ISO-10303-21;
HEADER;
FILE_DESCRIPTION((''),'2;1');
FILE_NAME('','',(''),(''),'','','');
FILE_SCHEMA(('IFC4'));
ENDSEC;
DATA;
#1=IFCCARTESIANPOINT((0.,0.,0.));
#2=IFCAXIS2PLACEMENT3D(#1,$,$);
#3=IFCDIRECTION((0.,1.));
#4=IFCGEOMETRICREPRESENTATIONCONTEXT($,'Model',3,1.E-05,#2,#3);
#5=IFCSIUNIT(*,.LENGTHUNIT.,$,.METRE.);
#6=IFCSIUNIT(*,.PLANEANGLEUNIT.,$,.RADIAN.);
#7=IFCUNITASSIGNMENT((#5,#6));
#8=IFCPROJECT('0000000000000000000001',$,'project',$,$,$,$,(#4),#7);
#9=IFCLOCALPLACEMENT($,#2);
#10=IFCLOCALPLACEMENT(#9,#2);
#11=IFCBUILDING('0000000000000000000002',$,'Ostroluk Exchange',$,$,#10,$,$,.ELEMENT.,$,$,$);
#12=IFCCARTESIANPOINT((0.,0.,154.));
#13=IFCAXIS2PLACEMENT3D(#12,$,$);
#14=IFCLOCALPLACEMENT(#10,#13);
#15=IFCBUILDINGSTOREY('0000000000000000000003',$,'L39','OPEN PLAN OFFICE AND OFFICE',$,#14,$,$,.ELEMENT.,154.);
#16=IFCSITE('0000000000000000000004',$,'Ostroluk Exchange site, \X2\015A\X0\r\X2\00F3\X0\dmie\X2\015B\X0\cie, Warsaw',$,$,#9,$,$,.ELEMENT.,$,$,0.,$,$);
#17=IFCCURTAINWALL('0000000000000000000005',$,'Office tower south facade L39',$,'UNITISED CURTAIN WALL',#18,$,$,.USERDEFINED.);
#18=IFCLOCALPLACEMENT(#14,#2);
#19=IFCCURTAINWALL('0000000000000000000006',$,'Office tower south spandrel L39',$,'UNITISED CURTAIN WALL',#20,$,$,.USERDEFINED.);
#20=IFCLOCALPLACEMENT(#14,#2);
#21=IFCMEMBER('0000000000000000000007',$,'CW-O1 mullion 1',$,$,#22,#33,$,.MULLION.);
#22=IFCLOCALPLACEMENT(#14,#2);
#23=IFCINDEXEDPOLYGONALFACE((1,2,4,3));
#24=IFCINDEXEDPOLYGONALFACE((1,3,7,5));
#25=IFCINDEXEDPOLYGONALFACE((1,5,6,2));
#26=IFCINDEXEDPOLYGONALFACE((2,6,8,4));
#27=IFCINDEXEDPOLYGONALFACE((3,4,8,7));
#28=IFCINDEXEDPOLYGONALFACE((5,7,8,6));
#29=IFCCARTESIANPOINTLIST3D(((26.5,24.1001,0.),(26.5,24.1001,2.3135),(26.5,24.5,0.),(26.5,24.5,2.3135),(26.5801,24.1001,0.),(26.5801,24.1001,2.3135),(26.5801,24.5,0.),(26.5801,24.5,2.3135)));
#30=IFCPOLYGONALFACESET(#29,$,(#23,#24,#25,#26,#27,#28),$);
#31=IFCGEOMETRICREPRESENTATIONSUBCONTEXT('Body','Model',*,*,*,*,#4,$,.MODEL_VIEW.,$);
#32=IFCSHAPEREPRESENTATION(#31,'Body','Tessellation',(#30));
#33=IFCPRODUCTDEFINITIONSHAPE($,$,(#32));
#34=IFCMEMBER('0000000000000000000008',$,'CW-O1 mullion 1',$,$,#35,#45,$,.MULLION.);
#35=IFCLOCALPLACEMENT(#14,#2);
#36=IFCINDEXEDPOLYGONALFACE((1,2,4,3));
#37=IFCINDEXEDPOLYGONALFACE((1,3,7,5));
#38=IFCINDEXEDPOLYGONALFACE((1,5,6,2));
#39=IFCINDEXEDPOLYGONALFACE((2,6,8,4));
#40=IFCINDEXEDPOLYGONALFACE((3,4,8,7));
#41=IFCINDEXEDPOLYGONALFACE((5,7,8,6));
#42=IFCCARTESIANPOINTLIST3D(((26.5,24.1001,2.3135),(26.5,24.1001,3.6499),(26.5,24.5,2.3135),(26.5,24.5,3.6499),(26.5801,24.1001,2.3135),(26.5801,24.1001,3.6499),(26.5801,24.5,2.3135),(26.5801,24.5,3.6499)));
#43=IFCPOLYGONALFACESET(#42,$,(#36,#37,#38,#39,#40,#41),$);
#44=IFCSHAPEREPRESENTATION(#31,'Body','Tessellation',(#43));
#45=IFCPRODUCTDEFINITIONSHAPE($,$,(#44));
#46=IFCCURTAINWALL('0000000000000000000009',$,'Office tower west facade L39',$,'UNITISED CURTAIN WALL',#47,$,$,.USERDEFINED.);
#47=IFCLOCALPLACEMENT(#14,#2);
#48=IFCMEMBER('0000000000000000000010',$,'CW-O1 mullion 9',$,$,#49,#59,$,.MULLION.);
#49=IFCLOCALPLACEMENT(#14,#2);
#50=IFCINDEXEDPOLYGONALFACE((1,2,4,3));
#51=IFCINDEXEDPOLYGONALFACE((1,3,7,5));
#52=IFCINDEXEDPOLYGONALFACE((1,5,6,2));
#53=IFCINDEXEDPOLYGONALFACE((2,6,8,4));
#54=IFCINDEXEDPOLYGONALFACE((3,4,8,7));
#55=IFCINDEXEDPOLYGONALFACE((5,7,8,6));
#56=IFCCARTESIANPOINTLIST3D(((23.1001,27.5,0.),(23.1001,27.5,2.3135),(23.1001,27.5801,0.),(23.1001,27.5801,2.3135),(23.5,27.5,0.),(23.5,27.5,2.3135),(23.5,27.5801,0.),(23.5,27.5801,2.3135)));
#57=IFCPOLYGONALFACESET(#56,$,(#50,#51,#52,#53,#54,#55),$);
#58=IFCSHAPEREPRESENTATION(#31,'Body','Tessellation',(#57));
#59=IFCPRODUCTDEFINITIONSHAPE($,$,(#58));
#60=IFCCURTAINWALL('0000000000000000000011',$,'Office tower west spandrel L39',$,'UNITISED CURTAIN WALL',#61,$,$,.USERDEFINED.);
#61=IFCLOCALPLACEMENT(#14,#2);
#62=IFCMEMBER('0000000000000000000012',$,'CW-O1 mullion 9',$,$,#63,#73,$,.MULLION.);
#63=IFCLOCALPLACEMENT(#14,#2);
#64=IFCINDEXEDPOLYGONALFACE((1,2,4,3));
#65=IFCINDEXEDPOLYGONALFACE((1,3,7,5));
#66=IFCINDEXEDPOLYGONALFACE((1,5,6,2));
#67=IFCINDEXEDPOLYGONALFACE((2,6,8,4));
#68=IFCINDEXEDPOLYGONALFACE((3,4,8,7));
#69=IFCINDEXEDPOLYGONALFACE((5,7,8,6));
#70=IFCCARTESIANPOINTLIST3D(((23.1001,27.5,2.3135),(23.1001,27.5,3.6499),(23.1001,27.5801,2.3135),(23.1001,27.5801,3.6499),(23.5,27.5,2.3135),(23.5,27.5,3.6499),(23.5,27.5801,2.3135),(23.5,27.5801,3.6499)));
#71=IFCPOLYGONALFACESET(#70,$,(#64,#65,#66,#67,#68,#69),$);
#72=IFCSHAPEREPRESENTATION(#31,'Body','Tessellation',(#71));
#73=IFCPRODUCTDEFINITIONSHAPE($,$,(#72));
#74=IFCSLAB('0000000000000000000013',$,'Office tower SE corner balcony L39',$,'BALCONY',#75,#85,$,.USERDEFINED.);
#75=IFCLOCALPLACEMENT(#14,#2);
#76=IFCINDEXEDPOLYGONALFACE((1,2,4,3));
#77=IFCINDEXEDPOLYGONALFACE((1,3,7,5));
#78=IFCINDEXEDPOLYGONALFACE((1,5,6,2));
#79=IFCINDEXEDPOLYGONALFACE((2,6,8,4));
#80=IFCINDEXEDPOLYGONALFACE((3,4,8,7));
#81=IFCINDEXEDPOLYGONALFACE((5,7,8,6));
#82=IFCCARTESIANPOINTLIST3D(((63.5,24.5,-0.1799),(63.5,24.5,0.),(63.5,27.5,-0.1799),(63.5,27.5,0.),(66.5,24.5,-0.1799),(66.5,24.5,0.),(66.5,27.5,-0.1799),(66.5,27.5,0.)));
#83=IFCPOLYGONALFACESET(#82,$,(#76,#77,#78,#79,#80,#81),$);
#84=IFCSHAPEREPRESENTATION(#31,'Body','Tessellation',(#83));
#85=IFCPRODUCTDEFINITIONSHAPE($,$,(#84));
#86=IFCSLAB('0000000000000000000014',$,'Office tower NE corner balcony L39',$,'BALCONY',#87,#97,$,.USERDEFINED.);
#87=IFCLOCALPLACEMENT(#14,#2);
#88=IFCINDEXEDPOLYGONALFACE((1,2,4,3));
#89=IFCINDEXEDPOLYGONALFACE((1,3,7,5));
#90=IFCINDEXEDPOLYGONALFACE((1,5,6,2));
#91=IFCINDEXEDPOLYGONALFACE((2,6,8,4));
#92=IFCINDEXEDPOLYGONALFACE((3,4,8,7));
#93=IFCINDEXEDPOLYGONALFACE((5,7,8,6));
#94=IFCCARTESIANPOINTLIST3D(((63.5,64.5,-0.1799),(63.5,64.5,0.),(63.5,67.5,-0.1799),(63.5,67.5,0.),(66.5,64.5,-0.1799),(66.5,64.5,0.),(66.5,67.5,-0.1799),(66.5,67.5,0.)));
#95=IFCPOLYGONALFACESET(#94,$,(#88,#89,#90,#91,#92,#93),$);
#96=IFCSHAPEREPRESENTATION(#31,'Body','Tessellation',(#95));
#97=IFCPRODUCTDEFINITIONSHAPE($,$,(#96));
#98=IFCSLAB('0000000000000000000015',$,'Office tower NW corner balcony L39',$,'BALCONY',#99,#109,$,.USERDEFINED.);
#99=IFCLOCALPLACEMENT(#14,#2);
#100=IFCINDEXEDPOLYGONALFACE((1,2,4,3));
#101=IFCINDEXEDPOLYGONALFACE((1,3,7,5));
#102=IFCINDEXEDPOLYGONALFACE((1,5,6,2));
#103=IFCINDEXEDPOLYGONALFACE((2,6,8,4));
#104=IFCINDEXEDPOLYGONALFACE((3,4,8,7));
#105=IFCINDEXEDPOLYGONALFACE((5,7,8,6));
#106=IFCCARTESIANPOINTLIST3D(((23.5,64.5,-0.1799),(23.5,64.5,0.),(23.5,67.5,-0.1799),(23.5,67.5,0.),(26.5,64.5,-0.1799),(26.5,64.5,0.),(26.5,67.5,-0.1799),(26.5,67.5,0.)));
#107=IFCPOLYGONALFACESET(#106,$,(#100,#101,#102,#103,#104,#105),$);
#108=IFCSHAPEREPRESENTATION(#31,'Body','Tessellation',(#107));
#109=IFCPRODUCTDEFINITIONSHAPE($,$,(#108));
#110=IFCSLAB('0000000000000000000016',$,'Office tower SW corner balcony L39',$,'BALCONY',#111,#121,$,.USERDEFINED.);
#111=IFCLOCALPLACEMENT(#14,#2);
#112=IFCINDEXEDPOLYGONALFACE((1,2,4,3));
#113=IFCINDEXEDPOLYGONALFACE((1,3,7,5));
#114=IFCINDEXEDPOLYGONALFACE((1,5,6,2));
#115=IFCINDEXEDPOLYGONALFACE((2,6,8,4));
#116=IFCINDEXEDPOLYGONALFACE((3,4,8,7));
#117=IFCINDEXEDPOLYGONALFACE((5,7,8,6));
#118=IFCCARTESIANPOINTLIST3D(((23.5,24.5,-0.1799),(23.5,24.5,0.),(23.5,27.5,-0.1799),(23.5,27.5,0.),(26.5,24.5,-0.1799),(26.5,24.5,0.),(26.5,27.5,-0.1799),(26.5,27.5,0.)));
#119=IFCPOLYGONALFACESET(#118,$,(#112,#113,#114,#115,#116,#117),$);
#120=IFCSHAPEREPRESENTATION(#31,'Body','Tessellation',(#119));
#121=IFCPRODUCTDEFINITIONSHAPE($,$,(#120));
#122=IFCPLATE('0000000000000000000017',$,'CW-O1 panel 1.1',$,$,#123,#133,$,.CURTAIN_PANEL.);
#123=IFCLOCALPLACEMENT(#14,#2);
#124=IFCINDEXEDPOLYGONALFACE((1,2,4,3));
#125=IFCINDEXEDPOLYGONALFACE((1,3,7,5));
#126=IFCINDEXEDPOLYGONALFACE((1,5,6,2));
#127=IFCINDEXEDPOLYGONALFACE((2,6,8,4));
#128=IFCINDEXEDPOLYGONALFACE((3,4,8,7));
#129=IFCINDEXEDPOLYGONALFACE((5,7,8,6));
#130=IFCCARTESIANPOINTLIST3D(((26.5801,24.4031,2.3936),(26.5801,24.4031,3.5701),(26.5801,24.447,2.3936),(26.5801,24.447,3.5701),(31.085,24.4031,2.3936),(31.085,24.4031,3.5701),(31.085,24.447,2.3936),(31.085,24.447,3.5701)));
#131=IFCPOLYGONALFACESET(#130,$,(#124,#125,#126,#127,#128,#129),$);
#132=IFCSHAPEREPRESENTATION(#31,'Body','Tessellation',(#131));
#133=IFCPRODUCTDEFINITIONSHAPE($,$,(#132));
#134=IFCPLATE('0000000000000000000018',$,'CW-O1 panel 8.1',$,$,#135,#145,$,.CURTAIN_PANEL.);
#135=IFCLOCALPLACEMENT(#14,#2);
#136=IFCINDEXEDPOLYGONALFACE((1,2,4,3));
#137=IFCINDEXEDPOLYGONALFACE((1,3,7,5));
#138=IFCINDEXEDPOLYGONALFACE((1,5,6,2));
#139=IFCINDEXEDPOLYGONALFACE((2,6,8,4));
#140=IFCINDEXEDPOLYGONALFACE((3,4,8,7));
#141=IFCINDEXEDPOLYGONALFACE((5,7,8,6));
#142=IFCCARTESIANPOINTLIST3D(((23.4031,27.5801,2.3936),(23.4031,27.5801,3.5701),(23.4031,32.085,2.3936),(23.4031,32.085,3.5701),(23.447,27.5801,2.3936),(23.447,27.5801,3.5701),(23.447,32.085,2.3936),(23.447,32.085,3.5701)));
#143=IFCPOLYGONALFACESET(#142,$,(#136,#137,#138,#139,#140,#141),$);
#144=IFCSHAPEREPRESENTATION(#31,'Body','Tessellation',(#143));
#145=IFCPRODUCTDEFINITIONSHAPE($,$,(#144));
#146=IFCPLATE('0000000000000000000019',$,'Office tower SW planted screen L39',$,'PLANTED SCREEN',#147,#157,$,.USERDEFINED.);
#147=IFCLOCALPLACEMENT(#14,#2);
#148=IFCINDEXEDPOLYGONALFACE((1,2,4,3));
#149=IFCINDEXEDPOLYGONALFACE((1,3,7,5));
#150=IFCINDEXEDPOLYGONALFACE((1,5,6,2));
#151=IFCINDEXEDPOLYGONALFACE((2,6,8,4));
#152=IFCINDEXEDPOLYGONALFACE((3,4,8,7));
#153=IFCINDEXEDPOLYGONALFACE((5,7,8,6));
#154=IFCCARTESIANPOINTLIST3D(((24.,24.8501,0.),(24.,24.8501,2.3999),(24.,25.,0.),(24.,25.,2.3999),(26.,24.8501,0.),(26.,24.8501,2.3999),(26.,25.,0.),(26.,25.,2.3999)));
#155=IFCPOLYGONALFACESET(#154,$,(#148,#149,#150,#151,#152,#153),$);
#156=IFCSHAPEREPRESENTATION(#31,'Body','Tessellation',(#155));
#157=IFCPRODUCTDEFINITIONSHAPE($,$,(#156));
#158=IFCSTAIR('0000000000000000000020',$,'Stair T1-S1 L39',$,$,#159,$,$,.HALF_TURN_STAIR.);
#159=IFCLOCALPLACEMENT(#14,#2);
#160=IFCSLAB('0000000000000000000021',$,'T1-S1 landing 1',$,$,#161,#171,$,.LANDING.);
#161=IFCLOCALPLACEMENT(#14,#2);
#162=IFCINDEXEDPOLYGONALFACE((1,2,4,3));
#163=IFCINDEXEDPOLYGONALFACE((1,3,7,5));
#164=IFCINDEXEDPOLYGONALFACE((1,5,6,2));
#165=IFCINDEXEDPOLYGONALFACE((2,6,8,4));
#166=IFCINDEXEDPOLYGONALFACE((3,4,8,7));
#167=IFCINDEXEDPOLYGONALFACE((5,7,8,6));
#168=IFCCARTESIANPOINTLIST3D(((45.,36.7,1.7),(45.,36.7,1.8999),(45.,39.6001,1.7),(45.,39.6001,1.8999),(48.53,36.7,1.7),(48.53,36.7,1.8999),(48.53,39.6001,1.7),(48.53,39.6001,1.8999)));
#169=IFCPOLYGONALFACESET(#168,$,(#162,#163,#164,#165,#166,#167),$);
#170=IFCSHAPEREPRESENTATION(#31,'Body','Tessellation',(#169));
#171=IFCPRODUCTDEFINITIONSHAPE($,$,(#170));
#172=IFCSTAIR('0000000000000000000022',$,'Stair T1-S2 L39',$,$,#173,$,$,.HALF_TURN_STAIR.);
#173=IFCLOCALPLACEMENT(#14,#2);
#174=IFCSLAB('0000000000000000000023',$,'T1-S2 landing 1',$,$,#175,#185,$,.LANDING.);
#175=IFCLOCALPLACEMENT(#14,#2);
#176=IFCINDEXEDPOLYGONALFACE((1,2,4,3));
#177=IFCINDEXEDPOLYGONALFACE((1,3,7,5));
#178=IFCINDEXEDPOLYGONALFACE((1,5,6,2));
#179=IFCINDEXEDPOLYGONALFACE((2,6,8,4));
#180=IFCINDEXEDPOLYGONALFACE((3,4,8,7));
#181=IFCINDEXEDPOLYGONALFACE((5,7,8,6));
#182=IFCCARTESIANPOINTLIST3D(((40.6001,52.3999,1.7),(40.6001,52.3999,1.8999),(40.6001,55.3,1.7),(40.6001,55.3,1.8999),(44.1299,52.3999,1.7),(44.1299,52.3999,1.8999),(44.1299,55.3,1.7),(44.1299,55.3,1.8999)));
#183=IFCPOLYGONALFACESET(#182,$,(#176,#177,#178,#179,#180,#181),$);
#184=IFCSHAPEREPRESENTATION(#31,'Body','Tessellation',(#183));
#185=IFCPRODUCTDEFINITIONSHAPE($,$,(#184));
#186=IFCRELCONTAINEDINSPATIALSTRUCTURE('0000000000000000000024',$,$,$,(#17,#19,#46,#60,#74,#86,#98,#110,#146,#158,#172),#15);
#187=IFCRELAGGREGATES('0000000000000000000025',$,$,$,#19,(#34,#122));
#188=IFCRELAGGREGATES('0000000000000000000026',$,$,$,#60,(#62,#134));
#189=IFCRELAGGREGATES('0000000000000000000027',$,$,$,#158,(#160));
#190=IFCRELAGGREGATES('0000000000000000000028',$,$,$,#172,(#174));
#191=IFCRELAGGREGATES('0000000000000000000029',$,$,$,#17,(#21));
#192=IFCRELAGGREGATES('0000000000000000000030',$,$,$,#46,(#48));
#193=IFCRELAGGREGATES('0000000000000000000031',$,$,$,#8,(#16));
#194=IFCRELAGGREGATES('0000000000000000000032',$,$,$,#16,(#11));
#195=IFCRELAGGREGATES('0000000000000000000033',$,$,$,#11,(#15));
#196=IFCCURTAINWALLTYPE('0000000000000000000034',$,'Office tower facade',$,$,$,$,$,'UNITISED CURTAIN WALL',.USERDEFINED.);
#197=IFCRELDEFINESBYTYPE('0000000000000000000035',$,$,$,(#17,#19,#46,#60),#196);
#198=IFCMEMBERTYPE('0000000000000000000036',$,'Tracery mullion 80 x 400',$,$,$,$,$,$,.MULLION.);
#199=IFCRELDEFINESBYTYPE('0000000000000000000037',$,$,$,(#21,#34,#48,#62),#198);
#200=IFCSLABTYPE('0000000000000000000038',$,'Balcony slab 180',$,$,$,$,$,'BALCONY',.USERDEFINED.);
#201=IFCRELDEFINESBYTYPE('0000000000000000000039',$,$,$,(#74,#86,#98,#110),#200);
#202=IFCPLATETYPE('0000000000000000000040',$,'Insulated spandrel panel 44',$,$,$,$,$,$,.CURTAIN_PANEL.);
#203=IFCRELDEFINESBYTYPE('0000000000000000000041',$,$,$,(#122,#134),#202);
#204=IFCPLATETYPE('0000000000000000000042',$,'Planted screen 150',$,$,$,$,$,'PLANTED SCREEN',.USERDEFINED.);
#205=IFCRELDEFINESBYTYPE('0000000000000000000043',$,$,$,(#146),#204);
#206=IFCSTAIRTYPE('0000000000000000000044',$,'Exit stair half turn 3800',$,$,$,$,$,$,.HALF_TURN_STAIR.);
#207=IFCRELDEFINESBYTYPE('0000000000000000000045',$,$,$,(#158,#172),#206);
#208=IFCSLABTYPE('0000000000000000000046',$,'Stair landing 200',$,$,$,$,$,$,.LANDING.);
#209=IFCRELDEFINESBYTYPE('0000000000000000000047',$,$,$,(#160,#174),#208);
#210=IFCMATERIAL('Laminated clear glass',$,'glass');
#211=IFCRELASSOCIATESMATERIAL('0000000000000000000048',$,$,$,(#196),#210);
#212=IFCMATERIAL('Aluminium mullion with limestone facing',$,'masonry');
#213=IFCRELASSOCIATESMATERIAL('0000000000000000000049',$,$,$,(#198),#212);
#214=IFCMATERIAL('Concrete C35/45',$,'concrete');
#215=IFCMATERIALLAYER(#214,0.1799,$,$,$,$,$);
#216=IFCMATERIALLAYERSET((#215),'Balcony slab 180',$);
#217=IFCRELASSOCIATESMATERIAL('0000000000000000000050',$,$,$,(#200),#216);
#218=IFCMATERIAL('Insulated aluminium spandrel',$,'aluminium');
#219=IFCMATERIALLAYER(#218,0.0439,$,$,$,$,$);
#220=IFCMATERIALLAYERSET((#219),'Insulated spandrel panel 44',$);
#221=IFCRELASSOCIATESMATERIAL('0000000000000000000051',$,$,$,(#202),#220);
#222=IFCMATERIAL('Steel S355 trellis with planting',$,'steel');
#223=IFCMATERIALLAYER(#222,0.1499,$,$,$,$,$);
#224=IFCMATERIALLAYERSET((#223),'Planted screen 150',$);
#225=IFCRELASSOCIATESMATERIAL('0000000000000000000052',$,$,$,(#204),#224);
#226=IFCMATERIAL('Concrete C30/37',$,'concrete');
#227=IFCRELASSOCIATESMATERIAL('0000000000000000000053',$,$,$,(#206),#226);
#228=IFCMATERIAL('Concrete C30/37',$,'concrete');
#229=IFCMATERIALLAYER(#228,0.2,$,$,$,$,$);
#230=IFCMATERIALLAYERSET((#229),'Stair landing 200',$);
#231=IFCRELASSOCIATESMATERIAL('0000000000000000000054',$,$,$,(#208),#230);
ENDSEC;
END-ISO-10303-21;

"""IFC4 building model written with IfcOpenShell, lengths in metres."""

from ifc_helpers import new_model, si_unit, direction, frame, origin, origin_2d, place, context, subcontext, project, spatial, polyline, rectangle, outline, extrude, material, layer, layer_set, material_profile, profile_set, type_object, element, aggregate, save


model = new_model("IFC4")

# Units and contexts
model_context = context("Model", 3, precision=1e-05, world=origin(), true_north=direction((0.0, 1.0)))
body_context = subcontext(model_context, "Body", "Model", "MODEL_VIEW")
ifc_project = project(units=[si_unit("LENGTHUNIT", "METRE"), si_unit("PLANEANGLEUNIT", "RADIAN")], contexts=[model_context])

# Site, building, storey
site_placement = place(None, origin())
site = spatial("IfcSite", under=ifc_project, at=site_placement, Name="Ostroluk Exchange site, Śródmieście, Warsaw", CompositionType="ELEMENT", RefElevation=0.0)
building_placement = place(site_placement, origin())
building = spatial("IfcBuilding", under=site, at=building_placement, Name="Ostroluk Exchange", CompositionType="ELEMENT")
storey_placement = place(building_placement, frame((0.0, 0.0, 154.0)))
storey = spatial("IfcBuildingStorey", under=building, at=storey_placement, Name="L39", Description="OPEN PLAN OFFICE AND OFFICE", CompositionType="ELEMENT", Elevation=154.0)

# Curtain wall
ifc_material_1 = material(Name="Laminated clear glass", Category="glass")
curtain_wall_type = type_object("IfcCurtainWallType", Name="Office tower facade", ElementType="UNITISED CURTAIN WALL", PredefinedType="USERDEFINED", material=ifc_material_1)
curtain_wall_1_placement = place(storey_placement, origin())
curtain_wall_1 = element("IfcCurtainWall", 1, at=curtain_wall_1_placement, inside=storey, type_object=curtain_wall_type, Name="Office tower south facade L39", ObjectType="UNITISED CURTAIN WALL", PredefinedType="USERDEFINED")

# Curtain wall
curtain_wall_2_placement = place(storey_placement, origin())
curtain_wall_2 = element("IfcCurtainWall", 2, at=curtain_wall_2_placement, inside=storey, type_object=curtain_wall_type, Name="Office tower south spandrel L39", ObjectType="UNITISED CURTAIN WALL", PredefinedType="USERDEFINED")

# Members
ifc_material_2 = material(Name="Aluminium mullion with limestone facing", Category="masonry")
ifc_material_profile_1 = material_profile(ifc_material_2, rectangle(XDim=0.3999, YDim=0.0801, at=origin_2d()), Name="Tracery mullion 80 x 400")
ifc_profile_set_1 = profile_set([ifc_material_profile_1], Name="Aluminium mullion with limestone facing")
member_type_1 = type_object("IfcMemberType", Name="Tracery mullion 80 x 400", PredefinedType="MULLION", material=ifc_profile_set_1)
member_1_placement = place(storey_placement, frame((26.54, 24.3, 0.0), z_axis=(0.0, 0.0, 1.0), x_axis=(0.0, 1.0, 0.0)))
member_1 = element("IfcMember", 3, at=member_1_placement, type_object=member_type_1, Name="CW-O1 mullion 1", PredefinedType="MULLION", context=body_context, shape_type="SweptSolid", body=[
    extrude(rectangle(XDim=0.3999, YDim=0.0801, at=origin_2d()), origin(), (0.0, 0.0, 1.0), 2.3135),
])
member_2_placement = place(storey_placement, frame((26.54, 24.3, 2.3135), z_axis=(0.0, 0.0, 1.0), x_axis=(0.0, 1.0, 0.0)))
member_2 = element("IfcMember", 4, at=member_2_placement, type_object=member_type_1, Name="CW-O1 mullion 1", PredefinedType="MULLION", context=body_context, shape_type="SweptSolid", body=[
    extrude(rectangle(XDim=0.3999, YDim=0.0801, at=origin_2d()), origin(), (0.0, 0.0, 1.0), 1.3364),
])

# Curtain walls, members
curtain_wall_3_placement = place(storey_placement, origin())
curtain_wall_3 = element("IfcCurtainWall", 5, at=curtain_wall_3_placement, inside=storey, type_object=curtain_wall_type, Name="Office tower west facade L39", ObjectType="UNITISED CURTAIN WALL", PredefinedType="USERDEFINED")
member_3_placement = place(storey_placement, frame((23.3, 27.54, 0.0), z_axis=(0.0, 0.0, 1.0), x_axis=(1.0, 0.0, 0.0)))
member_3 = element("IfcMember", 6, at=member_3_placement, type_object=member_type_1, Name="CW-O1 mullion 9", PredefinedType="MULLION", context=body_context, shape_type="SweptSolid", body=[
    extrude(rectangle(XDim=0.3999, YDim=0.0801, at=origin_2d()), origin(), (0.0, 0.0, 1.0), 2.3135),
])
curtain_wall_4_placement = place(storey_placement, origin())
curtain_wall_4 = element("IfcCurtainWall", 7, at=curtain_wall_4_placement, inside=storey, type_object=curtain_wall_type, Name="Office tower west spandrel L39", ObjectType="UNITISED CURTAIN WALL", PredefinedType="USERDEFINED")
member_4_placement = place(storey_placement, frame((23.3, 27.54, 2.3135), z_axis=(0.0, 0.0, 1.0), x_axis=(1.0, 0.0, 0.0)))
member_4 = element("IfcMember", 8, at=member_4_placement, type_object=member_type_1, Name="CW-O1 mullion 9", PredefinedType="MULLION", context=body_context, shape_type="SweptSolid", body=[
    extrude(rectangle(XDim=0.3999, YDim=0.0801, at=origin_2d()), origin(), (0.0, 0.0, 1.0), 1.3364),
])

# Slabs
ifc_material_3 = material(Name="Concrete C35/45", Category="concrete")
ifc_layer_1 = layer(ifc_material_3, 0.1799)
ifc_layer_set_1 = layer_set([ifc_layer_1], Name="Balcony slab 180")
slab_type_1 = type_object("IfcSlabType", Name="Balcony slab 180", ElementType="BALCONY", PredefinedType="USERDEFINED", material=ifc_layer_set_1)
slab_1_placement = place(storey_placement, frame((0.0, 0.0, -0.1799)))
element("IfcSlab", 9, at=slab_1_placement, inside=storey, type_object=slab_type_1, Name="Office tower SE corner balcony L39", ObjectType="BALCONY", PredefinedType="USERDEFINED", context=body_context, shape_type="SweptSolid", body=[
    extrude(outline(polyline([(63.5, 24.5), (66.5, 24.5), (66.5, 27.5), (63.5, 27.5), (63.5, 24.5)])), origin(), (0.0, 0.0, 1.0), 0.1799),
])
slab_2_placement = place(storey_placement, frame((0.0, 0.0, -0.1799)))
element("IfcSlab", 10, at=slab_2_placement, inside=storey, type_object=slab_type_1, Name="Office tower NE corner balcony L39", ObjectType="BALCONY", PredefinedType="USERDEFINED", context=body_context, shape_type="SweptSolid", body=[
    extrude(outline(polyline([(63.5, 64.5), (66.5, 64.5), (66.5, 67.5), (63.5, 67.5), (63.5, 64.5)])), origin(), (0.0, 0.0, 1.0), 0.1799),
])
slab_3_placement = place(storey_placement, frame((0.0, 0.0, -0.1799)))
element("IfcSlab", 11, at=slab_3_placement, inside=storey, type_object=slab_type_1, Name="Office tower NW corner balcony L39", ObjectType="BALCONY", PredefinedType="USERDEFINED", context=body_context, shape_type="SweptSolid", body=[
    extrude(outline(polyline([(23.5, 64.5), (26.5, 64.5), (26.5, 67.5), (23.5, 67.5), (23.5, 64.5)])), origin(), (0.0, 0.0, 1.0), 0.1799),
])
slab_4_placement = place(storey_placement, frame((0.0, 0.0, -0.1799)))
element("IfcSlab", 12, at=slab_4_placement, inside=storey, type_object=slab_type_1, Name="Office tower SW corner balcony L39", ObjectType="BALCONY", PredefinedType="USERDEFINED", context=body_context, shape_type="SweptSolid", body=[
    extrude(outline(polyline([(23.5, 24.5), (26.5, 24.5), (26.5, 27.5), (23.5, 27.5), (23.5, 24.5)])), origin(), (0.0, 0.0, 1.0), 0.1799),
])

# Plates
ifc_material_4 = material(Name="Insulated aluminium spandrel", Category="aluminium")
ifc_layer_2 = layer(ifc_material_4, 0.0439)
ifc_layer_set_2 = layer_set([ifc_layer_2], Name="Insulated spandrel panel 44")
plate_type_1 = type_object("IfcPlateType", Name="Insulated spandrel panel 44", PredefinedType="CURTAIN_PANEL", material=ifc_layer_set_2)
plate_1_placement = place(storey_placement, frame((28.8325, 24.425, 2.3936), z_axis=(0.0, 0.0, 1.0), x_axis=(1.0, 0.0, 0.0)))
plate_1 = element("IfcPlate", 13, at=plate_1_placement, type_object=plate_type_1, Name="CW-O1 panel 1.1", PredefinedType="CURTAIN_PANEL", context=body_context, shape_type="SweptSolid", body=[
    extrude(rectangle(XDim=4.5049, YDim=0.0439, at=origin_2d()), origin(), (0.0, 0.0, 1.0), 1.1765),
])
aggregate(curtain_wall_2, [member_2, plate_1])
plate_2_placement = place(storey_placement, frame((23.425, 29.8325, 2.3936), z_axis=(0.0, 0.0, 1.0), x_axis=(0.0, -1.0, 0.0)))
plate_2 = element("IfcPlate", 14, at=plate_2_placement, type_object=plate_type_1, Name="CW-O1 panel 8.1", PredefinedType="CURTAIN_PANEL", context=body_context, shape_type="SweptSolid", body=[
    extrude(rectangle(XDim=4.5049, YDim=0.0439, at=origin_2d()), origin(), (0.0, 0.0, 1.0), 1.1765),
])
aggregate(curtain_wall_4, [member_4, plate_2])
ifc_material_5 = material(Name="Steel S355 trellis with planting", Category="steel")
ifc_layer_3 = layer(ifc_material_5, 0.1499)
ifc_layer_set_3 = layer_set([ifc_layer_3], Name="Planted screen 150")
plate_type_2 = type_object("IfcPlateType", Name="Planted screen 150", ElementType="PLANTED SCREEN", PredefinedType="USERDEFINED", material=ifc_layer_set_3)
plate_3_placement = place(storey_placement, frame((25.0, 24.925, 0.0), z_axis=(0.0, 0.0, 1.0), x_axis=(1.0, 0.0, 0.0)))
element("IfcPlate", 15, at=plate_3_placement, inside=storey, type_object=plate_type_2, Name="Office tower SW planted screen L39", ObjectType="PLANTED SCREEN", PredefinedType="USERDEFINED", context=body_context, shape_type="SweptSolid", body=[
    extrude(rectangle(XDim=2.0, YDim=0.1499, at=origin_2d()), origin(), (0.0, 0.0, 1.0), 2.3999),
])

# Stairs, slabs
ifc_material_6 = material(Name="Concrete C30/37", Category="concrete")
stair_type = type_object("IfcStairType", Name="Exit stair half turn 3800", PredefinedType="HALF_TURN_STAIR", material=ifc_material_6)
stair_1_placement = place(storey_placement, origin())
stair_1 = element("IfcStair", 16, at=stair_1_placement, inside=storey, type_object=stair_type, Name="Stair T1-S1 L39", PredefinedType="HALF_TURN_STAIR")
ifc_material_7 = material(Name="Concrete C30/37", Category="concrete")
ifc_layer_4 = layer(ifc_material_7, 0.2)
ifc_layer_set_4 = layer_set([ifc_layer_4], Name="Stair landing 200")
slab_type_2 = type_object("IfcSlabType", Name="Stair landing 200", PredefinedType="LANDING", material=ifc_layer_set_4)
slab_5_placement = place(storey_placement, frame((0.0, 0.0, 1.7)))
slab_5 = element("IfcSlab", 17, at=slab_5_placement, type_object=slab_type_2, Name="T1-S1 landing 1", PredefinedType="LANDING", context=body_context, shape_type="SweptSolid", body=[
    extrude(outline(polyline([(45.0, 36.7), (45.0, 39.6001), (48.53, 39.6001), (48.53, 36.7), (45.0, 36.7)])), origin(), (0.0, 0.0, 1.0), 0.2),
])
aggregate(stair_1, [slab_5])
stair_2_placement = place(storey_placement, origin())
stair_2 = element("IfcStair", 18, at=stair_2_placement, inside=storey, type_object=stair_type, Name="Stair T1-S2 L39", PredefinedType="HALF_TURN_STAIR")
slab_6_placement = place(storey_placement, frame((0.0, 0.0, 1.7)))
slab_6 = element("IfcSlab", 19, at=slab_6_placement, type_object=slab_type_2, Name="T1-S2 landing 1", PredefinedType="LANDING", context=body_context, shape_type="SweptSolid", body=[
    extrude(outline(polyline([(44.1299, 52.3999), (44.1299, 55.3), (40.6001, 55.3), (40.6001, 52.3999), (44.1299, 52.3999)])), origin(), (0.0, 0.0, 1.0), 0.2),
])
aggregate(stair_2, [slab_6])

aggregate(curtain_wall_1, [member_1])
aggregate(curtain_wall_3, [member_3])

save(model, "model.ifc")
